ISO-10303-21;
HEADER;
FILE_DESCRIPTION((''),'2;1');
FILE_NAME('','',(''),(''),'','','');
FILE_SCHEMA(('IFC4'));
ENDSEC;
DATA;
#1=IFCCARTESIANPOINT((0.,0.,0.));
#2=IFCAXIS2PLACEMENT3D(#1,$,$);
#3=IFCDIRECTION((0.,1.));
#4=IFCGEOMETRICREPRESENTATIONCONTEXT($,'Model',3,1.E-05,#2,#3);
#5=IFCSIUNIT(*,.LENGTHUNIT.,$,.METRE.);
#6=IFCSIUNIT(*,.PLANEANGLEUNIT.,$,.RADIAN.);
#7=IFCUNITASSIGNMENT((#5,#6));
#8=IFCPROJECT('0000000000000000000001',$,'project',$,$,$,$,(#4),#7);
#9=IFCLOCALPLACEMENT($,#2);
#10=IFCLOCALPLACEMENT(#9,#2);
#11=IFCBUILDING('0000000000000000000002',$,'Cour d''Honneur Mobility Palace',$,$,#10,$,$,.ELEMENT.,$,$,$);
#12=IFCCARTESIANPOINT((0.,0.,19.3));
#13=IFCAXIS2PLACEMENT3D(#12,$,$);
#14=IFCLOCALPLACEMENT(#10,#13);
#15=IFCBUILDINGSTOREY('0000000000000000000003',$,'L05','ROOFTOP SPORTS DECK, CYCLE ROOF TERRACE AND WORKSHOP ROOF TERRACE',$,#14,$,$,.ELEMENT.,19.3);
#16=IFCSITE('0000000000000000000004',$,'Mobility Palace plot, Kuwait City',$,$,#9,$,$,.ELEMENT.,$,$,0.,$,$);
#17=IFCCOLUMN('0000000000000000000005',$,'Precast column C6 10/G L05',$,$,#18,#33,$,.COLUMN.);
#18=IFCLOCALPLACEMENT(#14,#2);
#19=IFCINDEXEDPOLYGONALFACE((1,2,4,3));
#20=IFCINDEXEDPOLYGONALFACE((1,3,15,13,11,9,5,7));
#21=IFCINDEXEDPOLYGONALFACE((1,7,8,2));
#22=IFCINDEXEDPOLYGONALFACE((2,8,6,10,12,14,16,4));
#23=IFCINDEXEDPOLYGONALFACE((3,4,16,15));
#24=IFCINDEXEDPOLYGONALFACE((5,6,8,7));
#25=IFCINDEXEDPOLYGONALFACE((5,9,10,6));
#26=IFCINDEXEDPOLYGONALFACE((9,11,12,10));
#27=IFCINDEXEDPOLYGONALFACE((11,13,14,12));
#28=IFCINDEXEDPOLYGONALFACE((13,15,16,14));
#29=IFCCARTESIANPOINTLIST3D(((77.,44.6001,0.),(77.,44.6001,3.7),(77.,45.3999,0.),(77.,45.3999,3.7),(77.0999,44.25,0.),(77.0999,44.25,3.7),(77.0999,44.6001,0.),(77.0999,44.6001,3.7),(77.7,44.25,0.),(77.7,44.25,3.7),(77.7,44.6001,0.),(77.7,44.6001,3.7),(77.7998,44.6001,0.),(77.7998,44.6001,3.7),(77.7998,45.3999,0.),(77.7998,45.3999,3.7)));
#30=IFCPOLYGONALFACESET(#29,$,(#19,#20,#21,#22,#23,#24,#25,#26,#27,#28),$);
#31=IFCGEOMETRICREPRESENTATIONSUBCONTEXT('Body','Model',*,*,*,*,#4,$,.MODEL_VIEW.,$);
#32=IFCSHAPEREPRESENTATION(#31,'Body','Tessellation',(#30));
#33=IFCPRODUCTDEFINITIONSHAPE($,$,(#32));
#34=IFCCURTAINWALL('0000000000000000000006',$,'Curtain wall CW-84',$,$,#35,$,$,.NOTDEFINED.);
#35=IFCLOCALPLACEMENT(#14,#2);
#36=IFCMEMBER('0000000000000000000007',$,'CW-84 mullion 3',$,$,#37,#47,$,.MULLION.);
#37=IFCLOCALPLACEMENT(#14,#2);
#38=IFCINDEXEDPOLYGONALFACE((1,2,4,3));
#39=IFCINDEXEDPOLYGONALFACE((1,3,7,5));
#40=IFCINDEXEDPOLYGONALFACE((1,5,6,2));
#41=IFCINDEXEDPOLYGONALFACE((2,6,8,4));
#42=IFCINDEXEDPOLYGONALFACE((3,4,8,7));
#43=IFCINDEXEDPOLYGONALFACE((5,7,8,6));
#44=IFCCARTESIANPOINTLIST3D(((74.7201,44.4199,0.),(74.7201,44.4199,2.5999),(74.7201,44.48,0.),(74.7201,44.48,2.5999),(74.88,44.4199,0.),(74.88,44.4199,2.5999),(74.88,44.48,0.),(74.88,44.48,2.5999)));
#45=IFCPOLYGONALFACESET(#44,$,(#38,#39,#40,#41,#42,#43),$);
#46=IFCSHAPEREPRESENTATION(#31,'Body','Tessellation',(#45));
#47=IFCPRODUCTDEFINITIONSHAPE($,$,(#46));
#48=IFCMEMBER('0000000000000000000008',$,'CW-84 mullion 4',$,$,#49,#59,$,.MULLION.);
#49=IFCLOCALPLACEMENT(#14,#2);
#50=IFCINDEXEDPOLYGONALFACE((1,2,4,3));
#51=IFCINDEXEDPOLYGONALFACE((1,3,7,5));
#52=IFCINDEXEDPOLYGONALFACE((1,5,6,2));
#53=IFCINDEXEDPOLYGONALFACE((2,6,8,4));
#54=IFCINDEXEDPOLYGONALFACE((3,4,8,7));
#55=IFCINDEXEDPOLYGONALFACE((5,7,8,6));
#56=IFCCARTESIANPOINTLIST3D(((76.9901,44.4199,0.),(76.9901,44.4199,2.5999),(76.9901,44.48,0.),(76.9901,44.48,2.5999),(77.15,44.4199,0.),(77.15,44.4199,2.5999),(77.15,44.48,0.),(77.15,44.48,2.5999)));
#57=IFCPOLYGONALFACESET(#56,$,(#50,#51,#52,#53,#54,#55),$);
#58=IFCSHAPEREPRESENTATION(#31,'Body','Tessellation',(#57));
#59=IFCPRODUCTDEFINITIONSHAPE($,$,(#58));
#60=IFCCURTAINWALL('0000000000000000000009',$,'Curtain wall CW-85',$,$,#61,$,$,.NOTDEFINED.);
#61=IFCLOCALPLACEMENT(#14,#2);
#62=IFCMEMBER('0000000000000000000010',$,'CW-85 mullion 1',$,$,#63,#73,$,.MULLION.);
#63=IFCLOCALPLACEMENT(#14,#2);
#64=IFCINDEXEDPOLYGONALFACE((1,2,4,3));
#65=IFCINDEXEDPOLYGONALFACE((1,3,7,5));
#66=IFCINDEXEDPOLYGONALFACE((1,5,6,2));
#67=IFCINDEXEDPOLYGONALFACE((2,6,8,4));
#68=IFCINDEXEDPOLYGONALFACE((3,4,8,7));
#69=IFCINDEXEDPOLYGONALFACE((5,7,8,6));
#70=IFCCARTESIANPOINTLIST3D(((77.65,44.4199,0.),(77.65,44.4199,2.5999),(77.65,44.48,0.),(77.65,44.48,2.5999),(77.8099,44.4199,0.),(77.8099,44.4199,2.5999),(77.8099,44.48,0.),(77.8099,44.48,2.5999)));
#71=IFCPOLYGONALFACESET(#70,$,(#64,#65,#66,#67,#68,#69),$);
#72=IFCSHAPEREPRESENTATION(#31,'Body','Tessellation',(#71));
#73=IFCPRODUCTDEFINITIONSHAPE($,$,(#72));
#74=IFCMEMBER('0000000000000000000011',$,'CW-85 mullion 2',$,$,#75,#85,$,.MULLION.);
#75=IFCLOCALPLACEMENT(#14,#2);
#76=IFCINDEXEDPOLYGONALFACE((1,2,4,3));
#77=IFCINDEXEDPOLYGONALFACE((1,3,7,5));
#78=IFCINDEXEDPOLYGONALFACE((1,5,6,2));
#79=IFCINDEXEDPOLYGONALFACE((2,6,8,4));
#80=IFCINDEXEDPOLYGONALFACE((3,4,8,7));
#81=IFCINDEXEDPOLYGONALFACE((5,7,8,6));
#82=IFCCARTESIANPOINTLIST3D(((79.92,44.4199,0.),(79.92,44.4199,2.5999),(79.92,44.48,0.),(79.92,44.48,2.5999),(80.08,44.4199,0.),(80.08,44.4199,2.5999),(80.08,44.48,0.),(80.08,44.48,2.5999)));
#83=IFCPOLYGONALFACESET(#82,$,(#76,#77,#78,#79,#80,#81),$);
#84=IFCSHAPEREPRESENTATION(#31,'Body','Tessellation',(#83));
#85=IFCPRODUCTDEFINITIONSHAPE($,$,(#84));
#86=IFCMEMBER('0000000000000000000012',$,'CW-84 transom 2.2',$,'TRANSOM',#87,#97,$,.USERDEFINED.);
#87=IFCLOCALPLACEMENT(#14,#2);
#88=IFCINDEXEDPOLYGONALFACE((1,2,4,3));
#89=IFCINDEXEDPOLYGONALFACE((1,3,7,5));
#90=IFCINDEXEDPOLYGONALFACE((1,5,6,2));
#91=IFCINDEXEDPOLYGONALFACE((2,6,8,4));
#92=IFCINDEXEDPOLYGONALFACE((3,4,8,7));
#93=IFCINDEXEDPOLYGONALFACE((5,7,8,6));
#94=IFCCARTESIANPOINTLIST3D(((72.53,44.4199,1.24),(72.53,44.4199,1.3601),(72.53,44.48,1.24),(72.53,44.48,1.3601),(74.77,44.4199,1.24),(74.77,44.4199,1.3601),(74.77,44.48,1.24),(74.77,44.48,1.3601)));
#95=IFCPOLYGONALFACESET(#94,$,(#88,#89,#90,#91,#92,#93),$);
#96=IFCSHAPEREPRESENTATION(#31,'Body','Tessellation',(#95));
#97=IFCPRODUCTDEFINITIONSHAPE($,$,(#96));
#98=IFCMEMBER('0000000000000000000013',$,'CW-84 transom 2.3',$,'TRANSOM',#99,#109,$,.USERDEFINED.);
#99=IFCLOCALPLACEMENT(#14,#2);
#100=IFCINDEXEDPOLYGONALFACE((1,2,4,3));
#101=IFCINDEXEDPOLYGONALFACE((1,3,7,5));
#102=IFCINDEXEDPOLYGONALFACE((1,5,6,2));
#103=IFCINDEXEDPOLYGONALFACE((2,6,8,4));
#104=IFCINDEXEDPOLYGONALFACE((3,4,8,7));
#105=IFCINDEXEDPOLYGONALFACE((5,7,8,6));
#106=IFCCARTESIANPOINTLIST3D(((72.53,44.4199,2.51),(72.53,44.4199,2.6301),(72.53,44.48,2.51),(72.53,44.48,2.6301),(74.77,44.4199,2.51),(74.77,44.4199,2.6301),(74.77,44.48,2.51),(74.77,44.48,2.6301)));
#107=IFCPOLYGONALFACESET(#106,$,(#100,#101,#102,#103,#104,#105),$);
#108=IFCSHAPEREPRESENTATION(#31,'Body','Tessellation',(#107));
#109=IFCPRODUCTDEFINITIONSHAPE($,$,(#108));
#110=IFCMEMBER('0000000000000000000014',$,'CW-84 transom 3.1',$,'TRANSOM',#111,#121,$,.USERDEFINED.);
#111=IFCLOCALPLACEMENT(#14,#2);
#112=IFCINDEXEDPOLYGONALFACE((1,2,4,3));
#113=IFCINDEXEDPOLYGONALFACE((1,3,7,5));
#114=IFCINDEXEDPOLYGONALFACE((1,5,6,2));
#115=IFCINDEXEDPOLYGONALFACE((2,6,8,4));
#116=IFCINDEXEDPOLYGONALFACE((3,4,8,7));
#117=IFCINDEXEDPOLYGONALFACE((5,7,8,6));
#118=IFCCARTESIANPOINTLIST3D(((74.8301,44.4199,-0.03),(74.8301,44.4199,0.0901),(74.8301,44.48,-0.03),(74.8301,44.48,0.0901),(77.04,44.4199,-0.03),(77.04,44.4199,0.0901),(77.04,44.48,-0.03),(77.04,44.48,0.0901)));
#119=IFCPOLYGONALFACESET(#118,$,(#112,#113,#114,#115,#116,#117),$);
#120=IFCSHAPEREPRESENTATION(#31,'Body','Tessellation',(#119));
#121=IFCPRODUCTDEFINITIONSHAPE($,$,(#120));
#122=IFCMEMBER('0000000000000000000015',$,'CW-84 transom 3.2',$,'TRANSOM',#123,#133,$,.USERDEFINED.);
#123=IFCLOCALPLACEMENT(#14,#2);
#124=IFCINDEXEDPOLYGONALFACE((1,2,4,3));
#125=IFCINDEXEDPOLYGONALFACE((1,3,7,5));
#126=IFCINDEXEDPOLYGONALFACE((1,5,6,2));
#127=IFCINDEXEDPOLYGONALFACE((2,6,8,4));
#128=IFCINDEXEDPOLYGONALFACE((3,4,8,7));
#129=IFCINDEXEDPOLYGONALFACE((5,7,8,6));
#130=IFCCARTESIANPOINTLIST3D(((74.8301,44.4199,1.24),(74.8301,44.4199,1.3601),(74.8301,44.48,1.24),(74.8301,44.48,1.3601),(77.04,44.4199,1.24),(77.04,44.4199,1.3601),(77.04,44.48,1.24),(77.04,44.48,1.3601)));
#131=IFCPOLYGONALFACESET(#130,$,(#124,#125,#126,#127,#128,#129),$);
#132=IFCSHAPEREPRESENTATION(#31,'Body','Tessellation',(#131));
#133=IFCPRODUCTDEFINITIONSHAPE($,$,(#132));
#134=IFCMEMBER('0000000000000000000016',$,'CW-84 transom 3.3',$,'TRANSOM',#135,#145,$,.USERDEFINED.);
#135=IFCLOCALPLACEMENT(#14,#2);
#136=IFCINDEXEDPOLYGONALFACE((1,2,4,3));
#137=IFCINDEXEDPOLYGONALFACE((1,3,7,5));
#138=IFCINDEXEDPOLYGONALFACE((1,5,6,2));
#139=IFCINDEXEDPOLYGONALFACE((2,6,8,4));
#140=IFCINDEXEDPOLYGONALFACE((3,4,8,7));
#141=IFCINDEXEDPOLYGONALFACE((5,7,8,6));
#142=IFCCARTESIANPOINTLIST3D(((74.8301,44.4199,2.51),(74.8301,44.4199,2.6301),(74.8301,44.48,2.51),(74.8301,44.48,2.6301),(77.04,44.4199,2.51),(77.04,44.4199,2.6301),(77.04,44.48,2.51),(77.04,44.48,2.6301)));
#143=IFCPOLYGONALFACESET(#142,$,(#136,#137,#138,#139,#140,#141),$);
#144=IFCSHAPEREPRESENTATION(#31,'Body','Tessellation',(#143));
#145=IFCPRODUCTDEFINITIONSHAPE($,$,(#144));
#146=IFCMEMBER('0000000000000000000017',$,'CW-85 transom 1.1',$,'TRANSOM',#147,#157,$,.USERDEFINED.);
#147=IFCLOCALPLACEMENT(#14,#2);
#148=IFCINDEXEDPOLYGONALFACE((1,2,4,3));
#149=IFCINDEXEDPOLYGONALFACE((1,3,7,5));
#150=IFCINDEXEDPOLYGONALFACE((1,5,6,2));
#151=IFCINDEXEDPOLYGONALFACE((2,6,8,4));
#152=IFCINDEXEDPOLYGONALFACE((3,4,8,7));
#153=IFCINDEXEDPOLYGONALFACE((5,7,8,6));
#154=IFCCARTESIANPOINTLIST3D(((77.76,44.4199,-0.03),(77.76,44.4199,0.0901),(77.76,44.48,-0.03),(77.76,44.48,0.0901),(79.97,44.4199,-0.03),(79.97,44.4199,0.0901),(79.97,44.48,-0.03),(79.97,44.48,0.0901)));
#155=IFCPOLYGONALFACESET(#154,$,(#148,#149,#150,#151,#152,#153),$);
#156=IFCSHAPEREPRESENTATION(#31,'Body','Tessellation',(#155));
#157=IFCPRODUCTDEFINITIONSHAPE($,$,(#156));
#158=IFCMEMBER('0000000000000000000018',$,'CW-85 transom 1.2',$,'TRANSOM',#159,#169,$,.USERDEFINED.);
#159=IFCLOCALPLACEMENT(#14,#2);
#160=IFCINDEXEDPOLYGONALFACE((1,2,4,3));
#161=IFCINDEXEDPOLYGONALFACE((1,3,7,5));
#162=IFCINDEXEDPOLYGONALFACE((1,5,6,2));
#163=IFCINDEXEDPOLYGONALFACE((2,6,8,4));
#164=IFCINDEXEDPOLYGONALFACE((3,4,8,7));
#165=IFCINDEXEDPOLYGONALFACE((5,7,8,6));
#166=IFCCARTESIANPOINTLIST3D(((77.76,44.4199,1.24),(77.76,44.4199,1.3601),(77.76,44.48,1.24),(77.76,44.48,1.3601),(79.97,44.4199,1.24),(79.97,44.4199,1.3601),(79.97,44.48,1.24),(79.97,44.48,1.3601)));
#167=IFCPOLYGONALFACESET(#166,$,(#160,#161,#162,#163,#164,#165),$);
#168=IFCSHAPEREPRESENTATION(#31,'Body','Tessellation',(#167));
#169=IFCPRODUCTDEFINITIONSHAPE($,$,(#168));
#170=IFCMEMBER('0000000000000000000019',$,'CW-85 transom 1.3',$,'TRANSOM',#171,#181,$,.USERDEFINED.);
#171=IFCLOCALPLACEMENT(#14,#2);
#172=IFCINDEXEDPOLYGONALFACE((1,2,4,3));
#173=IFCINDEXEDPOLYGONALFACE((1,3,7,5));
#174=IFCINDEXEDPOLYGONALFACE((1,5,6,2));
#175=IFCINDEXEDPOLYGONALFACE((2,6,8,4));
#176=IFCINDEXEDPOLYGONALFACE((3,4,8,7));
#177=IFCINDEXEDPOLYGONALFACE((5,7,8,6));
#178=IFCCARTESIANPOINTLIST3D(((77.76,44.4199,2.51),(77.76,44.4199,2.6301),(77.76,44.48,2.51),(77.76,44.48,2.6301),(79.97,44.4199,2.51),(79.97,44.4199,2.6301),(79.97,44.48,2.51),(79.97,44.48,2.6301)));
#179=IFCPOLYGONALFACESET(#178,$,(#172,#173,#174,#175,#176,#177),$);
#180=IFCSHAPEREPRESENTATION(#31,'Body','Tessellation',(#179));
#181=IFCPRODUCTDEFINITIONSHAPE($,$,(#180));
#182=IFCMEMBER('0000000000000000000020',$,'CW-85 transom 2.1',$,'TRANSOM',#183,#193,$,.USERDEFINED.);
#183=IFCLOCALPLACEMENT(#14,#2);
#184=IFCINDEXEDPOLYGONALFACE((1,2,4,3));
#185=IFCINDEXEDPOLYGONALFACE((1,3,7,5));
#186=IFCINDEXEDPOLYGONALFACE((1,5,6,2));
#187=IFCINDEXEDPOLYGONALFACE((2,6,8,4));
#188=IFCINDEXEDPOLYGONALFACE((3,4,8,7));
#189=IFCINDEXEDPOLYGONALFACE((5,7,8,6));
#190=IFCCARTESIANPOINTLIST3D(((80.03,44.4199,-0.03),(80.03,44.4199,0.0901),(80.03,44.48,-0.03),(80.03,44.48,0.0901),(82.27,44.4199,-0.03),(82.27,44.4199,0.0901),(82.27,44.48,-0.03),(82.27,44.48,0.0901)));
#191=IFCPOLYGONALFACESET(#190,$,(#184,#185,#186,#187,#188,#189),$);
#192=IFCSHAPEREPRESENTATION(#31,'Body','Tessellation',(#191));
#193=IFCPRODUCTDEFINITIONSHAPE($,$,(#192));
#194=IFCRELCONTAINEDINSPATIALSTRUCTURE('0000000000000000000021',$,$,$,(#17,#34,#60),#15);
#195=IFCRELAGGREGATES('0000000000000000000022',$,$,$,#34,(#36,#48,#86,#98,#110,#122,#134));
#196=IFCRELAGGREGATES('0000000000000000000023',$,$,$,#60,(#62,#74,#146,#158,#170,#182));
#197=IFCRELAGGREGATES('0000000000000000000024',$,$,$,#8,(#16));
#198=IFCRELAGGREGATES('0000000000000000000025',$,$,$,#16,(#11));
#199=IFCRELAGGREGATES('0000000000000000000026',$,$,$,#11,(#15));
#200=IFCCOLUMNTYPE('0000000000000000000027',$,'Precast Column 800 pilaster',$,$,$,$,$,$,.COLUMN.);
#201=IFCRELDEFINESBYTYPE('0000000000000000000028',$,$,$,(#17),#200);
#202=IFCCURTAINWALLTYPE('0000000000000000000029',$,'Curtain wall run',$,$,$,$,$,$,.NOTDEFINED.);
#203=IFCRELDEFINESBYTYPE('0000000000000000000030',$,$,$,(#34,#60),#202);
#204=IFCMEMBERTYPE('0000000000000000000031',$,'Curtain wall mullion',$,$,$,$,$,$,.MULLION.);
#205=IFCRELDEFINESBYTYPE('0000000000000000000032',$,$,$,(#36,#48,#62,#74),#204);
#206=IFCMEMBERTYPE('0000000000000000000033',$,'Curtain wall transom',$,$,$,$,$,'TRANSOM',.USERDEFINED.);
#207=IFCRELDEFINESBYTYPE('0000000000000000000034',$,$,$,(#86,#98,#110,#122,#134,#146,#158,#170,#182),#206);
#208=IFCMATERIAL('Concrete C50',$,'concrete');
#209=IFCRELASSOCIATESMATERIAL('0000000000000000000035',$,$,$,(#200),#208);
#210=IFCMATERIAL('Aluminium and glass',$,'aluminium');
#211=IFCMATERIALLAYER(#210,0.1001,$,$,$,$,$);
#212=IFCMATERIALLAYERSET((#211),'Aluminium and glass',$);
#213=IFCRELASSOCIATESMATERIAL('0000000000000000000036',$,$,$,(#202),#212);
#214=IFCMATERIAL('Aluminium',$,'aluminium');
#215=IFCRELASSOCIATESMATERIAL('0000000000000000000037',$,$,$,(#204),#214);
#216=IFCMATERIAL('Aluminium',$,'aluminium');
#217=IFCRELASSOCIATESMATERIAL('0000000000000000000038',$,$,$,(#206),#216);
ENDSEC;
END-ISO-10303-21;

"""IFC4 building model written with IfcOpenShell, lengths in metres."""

from ifc_helpers import new_model, si_unit, direction, frame, origin, origin_2d, place, context, subcontext, project, spatial, polyline, rectangle, outline, extrude, material, layer, layer_set, material_profile, profile_set, type_object, element, aggregate, save


model = new_model("IFC4")

# Units and contexts
model_context = context("Model", 3, precision=1e-05, world=origin(), true_north=direction((0.0, 1.0)))
body_context = subcontext(model_context, "Body", "Model", "MODEL_VIEW")
ifc_project = project(units=[si_unit("LENGTHUNIT", "METRE"), si_unit("PLANEANGLEUNIT", "RADIAN")], contexts=[model_context])

# Site, building, storey
site_placement = place(None, origin())
site = spatial("IfcSite", under=ifc_project, at=site_placement, Name="Mobility Palace plot, Kuwait City", CompositionType="ELEMENT", RefElevation=0.0)
building_placement = place(site_placement, origin())
building = spatial("IfcBuilding", under=site, at=building_placement, Name="Cour d'Honneur Mobility Palace", CompositionType="ELEMENT")
storey_placement = place(building_placement, frame((0.0, 0.0, 19.3)))
storey = spatial("IfcBuildingStorey", under=building, at=storey_placement, Name="L05", Description="ROOFTOP SPORTS DECK, CYCLE ROOF TERRACE AND WORKSHOP ROOF TERRACE", CompositionType="ELEMENT", Elevation=19.3)

# Column
ifc_material_1 = material(Name="Concrete C50", Category="concrete")
ifc_material_profile_1 = material_profile(ifc_material_1, outline(polyline([(-0.3999, -0.3999), (0.3999, -0.3999), (0.3999, -0.3), (0.75, -0.3), (0.75, 0.3), (0.3999, 0.3), (0.3999, 0.3999), (-0.3999, 0.3999), (-0.3999, -0.3999)])), Name="PC C800 pilaster")
ifc_profile_set_1 = profile_set([ifc_material_profile_1], Name="Concrete C50")
column_type = type_object("IfcColumnType", Name="Precast Column 800 pilaster", PredefinedType="COLUMN", material=ifc_profile_set_1)
column_placement = place(storey_placement, frame((77.3999, 45.0, 0.0), z_axis=(0.0, 0.0, 1.0), x_axis=(0.0, -1.0, 0.0)))
element("IfcColumn", 1, at=column_placement, inside=storey, type_object=column_type, Name="Precast column C6 10/G L05", PredefinedType="COLUMN", context=body_context, shape_type="SweptSolid", body=[
    extrude(outline(polyline([(-0.3999, -0.3999), (0.3999, -0.3999), (0.3999, -0.3), (0.75, -0.3), (0.75, 0.3), (0.3999, 0.3), (0.3999, 0.3999), (-0.3999, 0.3999), (-0.3999, -0.3999)])), origin(), (0.0, 0.0, 1.0), 3.7),
])

# Curtain walls, members
ifc_material_2 = material(Name="Aluminium and glass", Category="aluminium")
ifc_layer_1 = layer(ifc_material_2, 0.1001)
ifc_layer_set_1 = layer_set([ifc_layer_1], Name="Aluminium and glass")
curtain_wall_type = type_object("IfcCurtainWallType", Name="Curtain wall run", PredefinedType="NOTDEFINED", material=ifc_layer_set_1)
curtain_wall_1_placement = place(storey_placement, origin())
curtain_wall_1 = element("IfcCurtainWall", 2, at=curtain_wall_1_placement, inside=storey, type_object=curtain_wall_type, Name="Curtain wall CW-84", PredefinedType="NOTDEFINED")
ifc_material_3 = material(Name="Aluminium", Category="aluminium")
ifc_material_profile_2 = material_profile(ifc_material_3, rectangle(XDim=0.0601, YDim=0.1599, at=origin_2d()), Name="Curtain wall mullion")
ifc_profile_set_2 = profile_set([ifc_material_profile_2], Name="Aluminium")
member_type_1 = type_object("IfcMemberType", Name="Curtain wall mullion", PredefinedType="MULLION", material=ifc_profile_set_2)
member_1_placement = place(storey_placement, frame((74.8, 44.45, 0.0), z_axis=(0.0, 0.0, 1.0), x_axis=(0.0, 1.0, 0.0)))
member_1 = element("IfcMember", 3, at=member_1_placement, type_object=member_type_1, Name="CW-84 mullion 3", PredefinedType="MULLION", context=body_context, shape_type="SweptSolid", body=[
    extrude(rectangle(XDim=0.0601, YDim=0.1599, at=origin_2d()), origin(), (0.0, 0.0, 1.0), 2.5999),
])
member_2_placement = place(storey_placement, frame((77.0701, 44.45, 0.0), z_axis=(0.0, 0.0, 1.0), x_axis=(0.0, 1.0, 0.0)))
member_2 = element("IfcMember", 4, at=member_2_placement, type_object=member_type_1, Name="CW-84 mullion 4", PredefinedType="MULLION", context=body_context, shape_type="SweptSolid", body=[
    extrude(rectangle(XDim=0.0601, YDim=0.1599, at=origin_2d()), origin(), (0.0, 0.0, 1.0), 2.5999),
])
curtain_wall_2_placement = place(storey_placement, origin())
curtain_wall_2 = element("IfcCurtainWall", 5, at=curtain_wall_2_placement, inside=storey, type_object=curtain_wall_type, Name="Curtain wall CW-85", PredefinedType="NOTDEFINED")
member_3_placement = place(storey_placement, frame((77.73, 44.45, 0.0), z_axis=(0.0, 0.0, 1.0), x_axis=(0.0, 1.0, 0.0)))
member_3 = element("IfcMember", 6, at=member_3_placement, type_object=member_type_1, Name="CW-85 mullion 1", PredefinedType="MULLION", context=body_context, shape_type="SweptSolid", body=[
    extrude(rectangle(XDim=0.0601, YDim=0.1599, at=origin_2d()), origin(), (0.0, 0.0, 1.0), 2.5999),
])
member_4_placement = place(storey_placement, frame((80.0, 44.45, 0.0), z_axis=(0.0, 0.0, 1.0), x_axis=(0.0, 1.0, 0.0)))
member_4 = element("IfcMember", 7, at=member_4_placement, type_object=member_type_1, Name="CW-85 mullion 2", PredefinedType="MULLION", context=body_context, shape_type="SweptSolid", body=[
    extrude(rectangle(XDim=0.0601, YDim=0.1599, at=origin_2d()), origin(), (0.0, 0.0, 1.0), 2.5999),
])

# Members
ifc_material_4 = material(Name="Aluminium", Category="aluminium")
ifc_material_profile_3 = material_profile(ifc_material_4, rectangle(XDim=0.0601, YDim=0.1201, at=origin_2d()), Name="Curtain wall transom")
ifc_profile_set_3 = profile_set([ifc_material_profile_3], Name="Aluminium")
member_type_2 = type_object("IfcMemberType", Name="Curtain wall transom", ElementType="TRANSOM", PredefinedType="USERDEFINED", material=ifc_profile_set_3)
member_5_placement = place(storey_placement, frame((72.53, 44.45, 1.3), z_axis=(1.0, 0.0, 0.0), x_axis=(0.0, 1.0, 0.0)))
member_5 = element("IfcMember", 8, at=member_5_placement, type_object=member_type_2, Name="CW-84 transom 2.2", ObjectType="TRANSOM", PredefinedType="USERDEFINED", context=body_context, shape_type="SweptSolid", body=[
    extrude(rectangle(XDim=0.0601, YDim=0.1201, at=origin_2d()), origin(), (0.0, 0.0, 1.0), 2.24),
])
member_6_placement = place(storey_placement, frame((72.53, 44.45, 2.5701), z_axis=(1.0, 0.0, 0.0), x_axis=(0.0, 1.0, 0.0)))
member_6 = element("IfcMember", 9, at=member_6_placement, type_object=member_type_2, Name="CW-84 transom 2.3", ObjectType="TRANSOM", PredefinedType="USERDEFINED", context=body_context, shape_type="SweptSolid", body=[
    extrude(rectangle(XDim=0.0601, YDim=0.1201, at=origin_2d()), origin(), (0.0, 0.0, 1.0), 2.24),
])
member_7_placement = place(storey_placement, frame((74.8301, 44.45, 0.03), z_axis=(1.0, 0.0, 0.0), x_axis=(0.0, 1.0, 0.0)))
member_7 = element("IfcMember", 10, at=member_7_placement, type_object=member_type_2, Name="CW-84 transom 3.1", ObjectType="TRANSOM", PredefinedType="USERDEFINED", context=body_context, shape_type="SweptSolid", body=[
    extrude(rectangle(XDim=0.0601, YDim=0.1201, at=origin_2d()), origin(), (0.0, 0.0, 1.0), 2.21),
])
member_8_placement = place(storey_placement, frame((74.8301, 44.45, 1.3), z_axis=(1.0, 0.0, 0.0), x_axis=(0.0, 1.0, 0.0)))
member_8 = element("IfcMember", 11, at=member_8_placement, type_object=member_type_2, Name="CW-84 transom 3.2", ObjectType="TRANSOM", PredefinedType="USERDEFINED", context=body_context, shape_type="SweptSolid", body=[
    extrude(rectangle(XDim=0.0601, YDim=0.1201, at=origin_2d()), origin(), (0.0, 0.0, 1.0), 2.21),
])
member_9_placement = place(storey_placement, frame((74.8301, 44.45, 2.5701), z_axis=(1.0, 0.0, 0.0), x_axis=(0.0, 1.0, 0.0)))
member_9 = element("IfcMember", 12, at=member_9_placement, type_object=member_type_2, Name="CW-84 transom 3.3", ObjectType="TRANSOM", PredefinedType="USERDEFINED", context=body_context, shape_type="SweptSolid", body=[
    extrude(rectangle(XDim=0.0601, YDim=0.1201, at=origin_2d()), origin(), (0.0, 0.0, 1.0), 2.21),
])
member_10_placement = place(storey_placement, frame((77.76, 44.45, 0.03), z_axis=(1.0, 0.0, 0.0), x_axis=(0.0, 1.0, 0.0)))
member_10 = element("IfcMember", 13, at=member_10_placement, type_object=member_type_2, Name="CW-85 transom 1.1", ObjectType="TRANSOM", PredefinedType="USERDEFINED", context=body_context, shape_type="SweptSolid", body=[
    extrude(rectangle(XDim=0.0601, YDim=0.1201, at=origin_2d()), origin(), (0.0, 0.0, 1.0), 2.21),
])
member_11_placement = place(storey_placement, frame((77.76, 44.45, 1.3), z_axis=(1.0, 0.0, 0.0), x_axis=(0.0, 1.0, 0.0)))
member_11 = element("IfcMember", 14, at=member_11_placement, type_object=member_type_2, Name="CW-85 transom 1.2", ObjectType="TRANSOM", PredefinedType="USERDEFINED", context=body_context, shape_type="SweptSolid", body=[
    extrude(rectangle(XDim=0.0601, YDim=0.1201, at=origin_2d()), origin(), (0.0, 0.0, 1.0), 2.21),
])
member_12_placement = place(storey_placement, frame((77.76, 44.45, 2.5701), z_axis=(1.0, 0.0, 0.0), x_axis=(0.0, 1.0, 0.0)))
member_12 = element("IfcMember", 15, at=member_12_placement, type_object=member_type_2, Name="CW-85 transom 1.3", ObjectType="TRANSOM", PredefinedType="USERDEFINED", context=body_context, shape_type="SweptSolid", body=[
    extrude(rectangle(XDim=0.0601, YDim=0.1201, at=origin_2d()), origin(), (0.0, 0.0, 1.0), 2.21),
])
member_13_placement = place(storey_placement, frame((80.03, 44.45, 0.03), z_axis=(1.0, 0.0, 0.0), x_axis=(0.0, 1.0, 0.0)))
member_13 = element("IfcMember", 16, at=member_13_placement, type_object=member_type_2, Name="CW-85 transom 2.1", ObjectType="TRANSOM", PredefinedType="USERDEFINED", context=body_context, shape_type="SweptSolid", body=[
    extrude(rectangle(XDim=0.0601, YDim=0.1201, at=origin_2d()), origin(), (0.0, 0.0, 1.0), 2.24),
])

aggregate(curtain_wall_1, [member_1, member_2, member_5, member_6, member_7, member_8, member_9])
aggregate(curtain_wall_2, [member_3, member_4, member_10, member_11, member_12, member_13])

save(model, "model.ifc")
